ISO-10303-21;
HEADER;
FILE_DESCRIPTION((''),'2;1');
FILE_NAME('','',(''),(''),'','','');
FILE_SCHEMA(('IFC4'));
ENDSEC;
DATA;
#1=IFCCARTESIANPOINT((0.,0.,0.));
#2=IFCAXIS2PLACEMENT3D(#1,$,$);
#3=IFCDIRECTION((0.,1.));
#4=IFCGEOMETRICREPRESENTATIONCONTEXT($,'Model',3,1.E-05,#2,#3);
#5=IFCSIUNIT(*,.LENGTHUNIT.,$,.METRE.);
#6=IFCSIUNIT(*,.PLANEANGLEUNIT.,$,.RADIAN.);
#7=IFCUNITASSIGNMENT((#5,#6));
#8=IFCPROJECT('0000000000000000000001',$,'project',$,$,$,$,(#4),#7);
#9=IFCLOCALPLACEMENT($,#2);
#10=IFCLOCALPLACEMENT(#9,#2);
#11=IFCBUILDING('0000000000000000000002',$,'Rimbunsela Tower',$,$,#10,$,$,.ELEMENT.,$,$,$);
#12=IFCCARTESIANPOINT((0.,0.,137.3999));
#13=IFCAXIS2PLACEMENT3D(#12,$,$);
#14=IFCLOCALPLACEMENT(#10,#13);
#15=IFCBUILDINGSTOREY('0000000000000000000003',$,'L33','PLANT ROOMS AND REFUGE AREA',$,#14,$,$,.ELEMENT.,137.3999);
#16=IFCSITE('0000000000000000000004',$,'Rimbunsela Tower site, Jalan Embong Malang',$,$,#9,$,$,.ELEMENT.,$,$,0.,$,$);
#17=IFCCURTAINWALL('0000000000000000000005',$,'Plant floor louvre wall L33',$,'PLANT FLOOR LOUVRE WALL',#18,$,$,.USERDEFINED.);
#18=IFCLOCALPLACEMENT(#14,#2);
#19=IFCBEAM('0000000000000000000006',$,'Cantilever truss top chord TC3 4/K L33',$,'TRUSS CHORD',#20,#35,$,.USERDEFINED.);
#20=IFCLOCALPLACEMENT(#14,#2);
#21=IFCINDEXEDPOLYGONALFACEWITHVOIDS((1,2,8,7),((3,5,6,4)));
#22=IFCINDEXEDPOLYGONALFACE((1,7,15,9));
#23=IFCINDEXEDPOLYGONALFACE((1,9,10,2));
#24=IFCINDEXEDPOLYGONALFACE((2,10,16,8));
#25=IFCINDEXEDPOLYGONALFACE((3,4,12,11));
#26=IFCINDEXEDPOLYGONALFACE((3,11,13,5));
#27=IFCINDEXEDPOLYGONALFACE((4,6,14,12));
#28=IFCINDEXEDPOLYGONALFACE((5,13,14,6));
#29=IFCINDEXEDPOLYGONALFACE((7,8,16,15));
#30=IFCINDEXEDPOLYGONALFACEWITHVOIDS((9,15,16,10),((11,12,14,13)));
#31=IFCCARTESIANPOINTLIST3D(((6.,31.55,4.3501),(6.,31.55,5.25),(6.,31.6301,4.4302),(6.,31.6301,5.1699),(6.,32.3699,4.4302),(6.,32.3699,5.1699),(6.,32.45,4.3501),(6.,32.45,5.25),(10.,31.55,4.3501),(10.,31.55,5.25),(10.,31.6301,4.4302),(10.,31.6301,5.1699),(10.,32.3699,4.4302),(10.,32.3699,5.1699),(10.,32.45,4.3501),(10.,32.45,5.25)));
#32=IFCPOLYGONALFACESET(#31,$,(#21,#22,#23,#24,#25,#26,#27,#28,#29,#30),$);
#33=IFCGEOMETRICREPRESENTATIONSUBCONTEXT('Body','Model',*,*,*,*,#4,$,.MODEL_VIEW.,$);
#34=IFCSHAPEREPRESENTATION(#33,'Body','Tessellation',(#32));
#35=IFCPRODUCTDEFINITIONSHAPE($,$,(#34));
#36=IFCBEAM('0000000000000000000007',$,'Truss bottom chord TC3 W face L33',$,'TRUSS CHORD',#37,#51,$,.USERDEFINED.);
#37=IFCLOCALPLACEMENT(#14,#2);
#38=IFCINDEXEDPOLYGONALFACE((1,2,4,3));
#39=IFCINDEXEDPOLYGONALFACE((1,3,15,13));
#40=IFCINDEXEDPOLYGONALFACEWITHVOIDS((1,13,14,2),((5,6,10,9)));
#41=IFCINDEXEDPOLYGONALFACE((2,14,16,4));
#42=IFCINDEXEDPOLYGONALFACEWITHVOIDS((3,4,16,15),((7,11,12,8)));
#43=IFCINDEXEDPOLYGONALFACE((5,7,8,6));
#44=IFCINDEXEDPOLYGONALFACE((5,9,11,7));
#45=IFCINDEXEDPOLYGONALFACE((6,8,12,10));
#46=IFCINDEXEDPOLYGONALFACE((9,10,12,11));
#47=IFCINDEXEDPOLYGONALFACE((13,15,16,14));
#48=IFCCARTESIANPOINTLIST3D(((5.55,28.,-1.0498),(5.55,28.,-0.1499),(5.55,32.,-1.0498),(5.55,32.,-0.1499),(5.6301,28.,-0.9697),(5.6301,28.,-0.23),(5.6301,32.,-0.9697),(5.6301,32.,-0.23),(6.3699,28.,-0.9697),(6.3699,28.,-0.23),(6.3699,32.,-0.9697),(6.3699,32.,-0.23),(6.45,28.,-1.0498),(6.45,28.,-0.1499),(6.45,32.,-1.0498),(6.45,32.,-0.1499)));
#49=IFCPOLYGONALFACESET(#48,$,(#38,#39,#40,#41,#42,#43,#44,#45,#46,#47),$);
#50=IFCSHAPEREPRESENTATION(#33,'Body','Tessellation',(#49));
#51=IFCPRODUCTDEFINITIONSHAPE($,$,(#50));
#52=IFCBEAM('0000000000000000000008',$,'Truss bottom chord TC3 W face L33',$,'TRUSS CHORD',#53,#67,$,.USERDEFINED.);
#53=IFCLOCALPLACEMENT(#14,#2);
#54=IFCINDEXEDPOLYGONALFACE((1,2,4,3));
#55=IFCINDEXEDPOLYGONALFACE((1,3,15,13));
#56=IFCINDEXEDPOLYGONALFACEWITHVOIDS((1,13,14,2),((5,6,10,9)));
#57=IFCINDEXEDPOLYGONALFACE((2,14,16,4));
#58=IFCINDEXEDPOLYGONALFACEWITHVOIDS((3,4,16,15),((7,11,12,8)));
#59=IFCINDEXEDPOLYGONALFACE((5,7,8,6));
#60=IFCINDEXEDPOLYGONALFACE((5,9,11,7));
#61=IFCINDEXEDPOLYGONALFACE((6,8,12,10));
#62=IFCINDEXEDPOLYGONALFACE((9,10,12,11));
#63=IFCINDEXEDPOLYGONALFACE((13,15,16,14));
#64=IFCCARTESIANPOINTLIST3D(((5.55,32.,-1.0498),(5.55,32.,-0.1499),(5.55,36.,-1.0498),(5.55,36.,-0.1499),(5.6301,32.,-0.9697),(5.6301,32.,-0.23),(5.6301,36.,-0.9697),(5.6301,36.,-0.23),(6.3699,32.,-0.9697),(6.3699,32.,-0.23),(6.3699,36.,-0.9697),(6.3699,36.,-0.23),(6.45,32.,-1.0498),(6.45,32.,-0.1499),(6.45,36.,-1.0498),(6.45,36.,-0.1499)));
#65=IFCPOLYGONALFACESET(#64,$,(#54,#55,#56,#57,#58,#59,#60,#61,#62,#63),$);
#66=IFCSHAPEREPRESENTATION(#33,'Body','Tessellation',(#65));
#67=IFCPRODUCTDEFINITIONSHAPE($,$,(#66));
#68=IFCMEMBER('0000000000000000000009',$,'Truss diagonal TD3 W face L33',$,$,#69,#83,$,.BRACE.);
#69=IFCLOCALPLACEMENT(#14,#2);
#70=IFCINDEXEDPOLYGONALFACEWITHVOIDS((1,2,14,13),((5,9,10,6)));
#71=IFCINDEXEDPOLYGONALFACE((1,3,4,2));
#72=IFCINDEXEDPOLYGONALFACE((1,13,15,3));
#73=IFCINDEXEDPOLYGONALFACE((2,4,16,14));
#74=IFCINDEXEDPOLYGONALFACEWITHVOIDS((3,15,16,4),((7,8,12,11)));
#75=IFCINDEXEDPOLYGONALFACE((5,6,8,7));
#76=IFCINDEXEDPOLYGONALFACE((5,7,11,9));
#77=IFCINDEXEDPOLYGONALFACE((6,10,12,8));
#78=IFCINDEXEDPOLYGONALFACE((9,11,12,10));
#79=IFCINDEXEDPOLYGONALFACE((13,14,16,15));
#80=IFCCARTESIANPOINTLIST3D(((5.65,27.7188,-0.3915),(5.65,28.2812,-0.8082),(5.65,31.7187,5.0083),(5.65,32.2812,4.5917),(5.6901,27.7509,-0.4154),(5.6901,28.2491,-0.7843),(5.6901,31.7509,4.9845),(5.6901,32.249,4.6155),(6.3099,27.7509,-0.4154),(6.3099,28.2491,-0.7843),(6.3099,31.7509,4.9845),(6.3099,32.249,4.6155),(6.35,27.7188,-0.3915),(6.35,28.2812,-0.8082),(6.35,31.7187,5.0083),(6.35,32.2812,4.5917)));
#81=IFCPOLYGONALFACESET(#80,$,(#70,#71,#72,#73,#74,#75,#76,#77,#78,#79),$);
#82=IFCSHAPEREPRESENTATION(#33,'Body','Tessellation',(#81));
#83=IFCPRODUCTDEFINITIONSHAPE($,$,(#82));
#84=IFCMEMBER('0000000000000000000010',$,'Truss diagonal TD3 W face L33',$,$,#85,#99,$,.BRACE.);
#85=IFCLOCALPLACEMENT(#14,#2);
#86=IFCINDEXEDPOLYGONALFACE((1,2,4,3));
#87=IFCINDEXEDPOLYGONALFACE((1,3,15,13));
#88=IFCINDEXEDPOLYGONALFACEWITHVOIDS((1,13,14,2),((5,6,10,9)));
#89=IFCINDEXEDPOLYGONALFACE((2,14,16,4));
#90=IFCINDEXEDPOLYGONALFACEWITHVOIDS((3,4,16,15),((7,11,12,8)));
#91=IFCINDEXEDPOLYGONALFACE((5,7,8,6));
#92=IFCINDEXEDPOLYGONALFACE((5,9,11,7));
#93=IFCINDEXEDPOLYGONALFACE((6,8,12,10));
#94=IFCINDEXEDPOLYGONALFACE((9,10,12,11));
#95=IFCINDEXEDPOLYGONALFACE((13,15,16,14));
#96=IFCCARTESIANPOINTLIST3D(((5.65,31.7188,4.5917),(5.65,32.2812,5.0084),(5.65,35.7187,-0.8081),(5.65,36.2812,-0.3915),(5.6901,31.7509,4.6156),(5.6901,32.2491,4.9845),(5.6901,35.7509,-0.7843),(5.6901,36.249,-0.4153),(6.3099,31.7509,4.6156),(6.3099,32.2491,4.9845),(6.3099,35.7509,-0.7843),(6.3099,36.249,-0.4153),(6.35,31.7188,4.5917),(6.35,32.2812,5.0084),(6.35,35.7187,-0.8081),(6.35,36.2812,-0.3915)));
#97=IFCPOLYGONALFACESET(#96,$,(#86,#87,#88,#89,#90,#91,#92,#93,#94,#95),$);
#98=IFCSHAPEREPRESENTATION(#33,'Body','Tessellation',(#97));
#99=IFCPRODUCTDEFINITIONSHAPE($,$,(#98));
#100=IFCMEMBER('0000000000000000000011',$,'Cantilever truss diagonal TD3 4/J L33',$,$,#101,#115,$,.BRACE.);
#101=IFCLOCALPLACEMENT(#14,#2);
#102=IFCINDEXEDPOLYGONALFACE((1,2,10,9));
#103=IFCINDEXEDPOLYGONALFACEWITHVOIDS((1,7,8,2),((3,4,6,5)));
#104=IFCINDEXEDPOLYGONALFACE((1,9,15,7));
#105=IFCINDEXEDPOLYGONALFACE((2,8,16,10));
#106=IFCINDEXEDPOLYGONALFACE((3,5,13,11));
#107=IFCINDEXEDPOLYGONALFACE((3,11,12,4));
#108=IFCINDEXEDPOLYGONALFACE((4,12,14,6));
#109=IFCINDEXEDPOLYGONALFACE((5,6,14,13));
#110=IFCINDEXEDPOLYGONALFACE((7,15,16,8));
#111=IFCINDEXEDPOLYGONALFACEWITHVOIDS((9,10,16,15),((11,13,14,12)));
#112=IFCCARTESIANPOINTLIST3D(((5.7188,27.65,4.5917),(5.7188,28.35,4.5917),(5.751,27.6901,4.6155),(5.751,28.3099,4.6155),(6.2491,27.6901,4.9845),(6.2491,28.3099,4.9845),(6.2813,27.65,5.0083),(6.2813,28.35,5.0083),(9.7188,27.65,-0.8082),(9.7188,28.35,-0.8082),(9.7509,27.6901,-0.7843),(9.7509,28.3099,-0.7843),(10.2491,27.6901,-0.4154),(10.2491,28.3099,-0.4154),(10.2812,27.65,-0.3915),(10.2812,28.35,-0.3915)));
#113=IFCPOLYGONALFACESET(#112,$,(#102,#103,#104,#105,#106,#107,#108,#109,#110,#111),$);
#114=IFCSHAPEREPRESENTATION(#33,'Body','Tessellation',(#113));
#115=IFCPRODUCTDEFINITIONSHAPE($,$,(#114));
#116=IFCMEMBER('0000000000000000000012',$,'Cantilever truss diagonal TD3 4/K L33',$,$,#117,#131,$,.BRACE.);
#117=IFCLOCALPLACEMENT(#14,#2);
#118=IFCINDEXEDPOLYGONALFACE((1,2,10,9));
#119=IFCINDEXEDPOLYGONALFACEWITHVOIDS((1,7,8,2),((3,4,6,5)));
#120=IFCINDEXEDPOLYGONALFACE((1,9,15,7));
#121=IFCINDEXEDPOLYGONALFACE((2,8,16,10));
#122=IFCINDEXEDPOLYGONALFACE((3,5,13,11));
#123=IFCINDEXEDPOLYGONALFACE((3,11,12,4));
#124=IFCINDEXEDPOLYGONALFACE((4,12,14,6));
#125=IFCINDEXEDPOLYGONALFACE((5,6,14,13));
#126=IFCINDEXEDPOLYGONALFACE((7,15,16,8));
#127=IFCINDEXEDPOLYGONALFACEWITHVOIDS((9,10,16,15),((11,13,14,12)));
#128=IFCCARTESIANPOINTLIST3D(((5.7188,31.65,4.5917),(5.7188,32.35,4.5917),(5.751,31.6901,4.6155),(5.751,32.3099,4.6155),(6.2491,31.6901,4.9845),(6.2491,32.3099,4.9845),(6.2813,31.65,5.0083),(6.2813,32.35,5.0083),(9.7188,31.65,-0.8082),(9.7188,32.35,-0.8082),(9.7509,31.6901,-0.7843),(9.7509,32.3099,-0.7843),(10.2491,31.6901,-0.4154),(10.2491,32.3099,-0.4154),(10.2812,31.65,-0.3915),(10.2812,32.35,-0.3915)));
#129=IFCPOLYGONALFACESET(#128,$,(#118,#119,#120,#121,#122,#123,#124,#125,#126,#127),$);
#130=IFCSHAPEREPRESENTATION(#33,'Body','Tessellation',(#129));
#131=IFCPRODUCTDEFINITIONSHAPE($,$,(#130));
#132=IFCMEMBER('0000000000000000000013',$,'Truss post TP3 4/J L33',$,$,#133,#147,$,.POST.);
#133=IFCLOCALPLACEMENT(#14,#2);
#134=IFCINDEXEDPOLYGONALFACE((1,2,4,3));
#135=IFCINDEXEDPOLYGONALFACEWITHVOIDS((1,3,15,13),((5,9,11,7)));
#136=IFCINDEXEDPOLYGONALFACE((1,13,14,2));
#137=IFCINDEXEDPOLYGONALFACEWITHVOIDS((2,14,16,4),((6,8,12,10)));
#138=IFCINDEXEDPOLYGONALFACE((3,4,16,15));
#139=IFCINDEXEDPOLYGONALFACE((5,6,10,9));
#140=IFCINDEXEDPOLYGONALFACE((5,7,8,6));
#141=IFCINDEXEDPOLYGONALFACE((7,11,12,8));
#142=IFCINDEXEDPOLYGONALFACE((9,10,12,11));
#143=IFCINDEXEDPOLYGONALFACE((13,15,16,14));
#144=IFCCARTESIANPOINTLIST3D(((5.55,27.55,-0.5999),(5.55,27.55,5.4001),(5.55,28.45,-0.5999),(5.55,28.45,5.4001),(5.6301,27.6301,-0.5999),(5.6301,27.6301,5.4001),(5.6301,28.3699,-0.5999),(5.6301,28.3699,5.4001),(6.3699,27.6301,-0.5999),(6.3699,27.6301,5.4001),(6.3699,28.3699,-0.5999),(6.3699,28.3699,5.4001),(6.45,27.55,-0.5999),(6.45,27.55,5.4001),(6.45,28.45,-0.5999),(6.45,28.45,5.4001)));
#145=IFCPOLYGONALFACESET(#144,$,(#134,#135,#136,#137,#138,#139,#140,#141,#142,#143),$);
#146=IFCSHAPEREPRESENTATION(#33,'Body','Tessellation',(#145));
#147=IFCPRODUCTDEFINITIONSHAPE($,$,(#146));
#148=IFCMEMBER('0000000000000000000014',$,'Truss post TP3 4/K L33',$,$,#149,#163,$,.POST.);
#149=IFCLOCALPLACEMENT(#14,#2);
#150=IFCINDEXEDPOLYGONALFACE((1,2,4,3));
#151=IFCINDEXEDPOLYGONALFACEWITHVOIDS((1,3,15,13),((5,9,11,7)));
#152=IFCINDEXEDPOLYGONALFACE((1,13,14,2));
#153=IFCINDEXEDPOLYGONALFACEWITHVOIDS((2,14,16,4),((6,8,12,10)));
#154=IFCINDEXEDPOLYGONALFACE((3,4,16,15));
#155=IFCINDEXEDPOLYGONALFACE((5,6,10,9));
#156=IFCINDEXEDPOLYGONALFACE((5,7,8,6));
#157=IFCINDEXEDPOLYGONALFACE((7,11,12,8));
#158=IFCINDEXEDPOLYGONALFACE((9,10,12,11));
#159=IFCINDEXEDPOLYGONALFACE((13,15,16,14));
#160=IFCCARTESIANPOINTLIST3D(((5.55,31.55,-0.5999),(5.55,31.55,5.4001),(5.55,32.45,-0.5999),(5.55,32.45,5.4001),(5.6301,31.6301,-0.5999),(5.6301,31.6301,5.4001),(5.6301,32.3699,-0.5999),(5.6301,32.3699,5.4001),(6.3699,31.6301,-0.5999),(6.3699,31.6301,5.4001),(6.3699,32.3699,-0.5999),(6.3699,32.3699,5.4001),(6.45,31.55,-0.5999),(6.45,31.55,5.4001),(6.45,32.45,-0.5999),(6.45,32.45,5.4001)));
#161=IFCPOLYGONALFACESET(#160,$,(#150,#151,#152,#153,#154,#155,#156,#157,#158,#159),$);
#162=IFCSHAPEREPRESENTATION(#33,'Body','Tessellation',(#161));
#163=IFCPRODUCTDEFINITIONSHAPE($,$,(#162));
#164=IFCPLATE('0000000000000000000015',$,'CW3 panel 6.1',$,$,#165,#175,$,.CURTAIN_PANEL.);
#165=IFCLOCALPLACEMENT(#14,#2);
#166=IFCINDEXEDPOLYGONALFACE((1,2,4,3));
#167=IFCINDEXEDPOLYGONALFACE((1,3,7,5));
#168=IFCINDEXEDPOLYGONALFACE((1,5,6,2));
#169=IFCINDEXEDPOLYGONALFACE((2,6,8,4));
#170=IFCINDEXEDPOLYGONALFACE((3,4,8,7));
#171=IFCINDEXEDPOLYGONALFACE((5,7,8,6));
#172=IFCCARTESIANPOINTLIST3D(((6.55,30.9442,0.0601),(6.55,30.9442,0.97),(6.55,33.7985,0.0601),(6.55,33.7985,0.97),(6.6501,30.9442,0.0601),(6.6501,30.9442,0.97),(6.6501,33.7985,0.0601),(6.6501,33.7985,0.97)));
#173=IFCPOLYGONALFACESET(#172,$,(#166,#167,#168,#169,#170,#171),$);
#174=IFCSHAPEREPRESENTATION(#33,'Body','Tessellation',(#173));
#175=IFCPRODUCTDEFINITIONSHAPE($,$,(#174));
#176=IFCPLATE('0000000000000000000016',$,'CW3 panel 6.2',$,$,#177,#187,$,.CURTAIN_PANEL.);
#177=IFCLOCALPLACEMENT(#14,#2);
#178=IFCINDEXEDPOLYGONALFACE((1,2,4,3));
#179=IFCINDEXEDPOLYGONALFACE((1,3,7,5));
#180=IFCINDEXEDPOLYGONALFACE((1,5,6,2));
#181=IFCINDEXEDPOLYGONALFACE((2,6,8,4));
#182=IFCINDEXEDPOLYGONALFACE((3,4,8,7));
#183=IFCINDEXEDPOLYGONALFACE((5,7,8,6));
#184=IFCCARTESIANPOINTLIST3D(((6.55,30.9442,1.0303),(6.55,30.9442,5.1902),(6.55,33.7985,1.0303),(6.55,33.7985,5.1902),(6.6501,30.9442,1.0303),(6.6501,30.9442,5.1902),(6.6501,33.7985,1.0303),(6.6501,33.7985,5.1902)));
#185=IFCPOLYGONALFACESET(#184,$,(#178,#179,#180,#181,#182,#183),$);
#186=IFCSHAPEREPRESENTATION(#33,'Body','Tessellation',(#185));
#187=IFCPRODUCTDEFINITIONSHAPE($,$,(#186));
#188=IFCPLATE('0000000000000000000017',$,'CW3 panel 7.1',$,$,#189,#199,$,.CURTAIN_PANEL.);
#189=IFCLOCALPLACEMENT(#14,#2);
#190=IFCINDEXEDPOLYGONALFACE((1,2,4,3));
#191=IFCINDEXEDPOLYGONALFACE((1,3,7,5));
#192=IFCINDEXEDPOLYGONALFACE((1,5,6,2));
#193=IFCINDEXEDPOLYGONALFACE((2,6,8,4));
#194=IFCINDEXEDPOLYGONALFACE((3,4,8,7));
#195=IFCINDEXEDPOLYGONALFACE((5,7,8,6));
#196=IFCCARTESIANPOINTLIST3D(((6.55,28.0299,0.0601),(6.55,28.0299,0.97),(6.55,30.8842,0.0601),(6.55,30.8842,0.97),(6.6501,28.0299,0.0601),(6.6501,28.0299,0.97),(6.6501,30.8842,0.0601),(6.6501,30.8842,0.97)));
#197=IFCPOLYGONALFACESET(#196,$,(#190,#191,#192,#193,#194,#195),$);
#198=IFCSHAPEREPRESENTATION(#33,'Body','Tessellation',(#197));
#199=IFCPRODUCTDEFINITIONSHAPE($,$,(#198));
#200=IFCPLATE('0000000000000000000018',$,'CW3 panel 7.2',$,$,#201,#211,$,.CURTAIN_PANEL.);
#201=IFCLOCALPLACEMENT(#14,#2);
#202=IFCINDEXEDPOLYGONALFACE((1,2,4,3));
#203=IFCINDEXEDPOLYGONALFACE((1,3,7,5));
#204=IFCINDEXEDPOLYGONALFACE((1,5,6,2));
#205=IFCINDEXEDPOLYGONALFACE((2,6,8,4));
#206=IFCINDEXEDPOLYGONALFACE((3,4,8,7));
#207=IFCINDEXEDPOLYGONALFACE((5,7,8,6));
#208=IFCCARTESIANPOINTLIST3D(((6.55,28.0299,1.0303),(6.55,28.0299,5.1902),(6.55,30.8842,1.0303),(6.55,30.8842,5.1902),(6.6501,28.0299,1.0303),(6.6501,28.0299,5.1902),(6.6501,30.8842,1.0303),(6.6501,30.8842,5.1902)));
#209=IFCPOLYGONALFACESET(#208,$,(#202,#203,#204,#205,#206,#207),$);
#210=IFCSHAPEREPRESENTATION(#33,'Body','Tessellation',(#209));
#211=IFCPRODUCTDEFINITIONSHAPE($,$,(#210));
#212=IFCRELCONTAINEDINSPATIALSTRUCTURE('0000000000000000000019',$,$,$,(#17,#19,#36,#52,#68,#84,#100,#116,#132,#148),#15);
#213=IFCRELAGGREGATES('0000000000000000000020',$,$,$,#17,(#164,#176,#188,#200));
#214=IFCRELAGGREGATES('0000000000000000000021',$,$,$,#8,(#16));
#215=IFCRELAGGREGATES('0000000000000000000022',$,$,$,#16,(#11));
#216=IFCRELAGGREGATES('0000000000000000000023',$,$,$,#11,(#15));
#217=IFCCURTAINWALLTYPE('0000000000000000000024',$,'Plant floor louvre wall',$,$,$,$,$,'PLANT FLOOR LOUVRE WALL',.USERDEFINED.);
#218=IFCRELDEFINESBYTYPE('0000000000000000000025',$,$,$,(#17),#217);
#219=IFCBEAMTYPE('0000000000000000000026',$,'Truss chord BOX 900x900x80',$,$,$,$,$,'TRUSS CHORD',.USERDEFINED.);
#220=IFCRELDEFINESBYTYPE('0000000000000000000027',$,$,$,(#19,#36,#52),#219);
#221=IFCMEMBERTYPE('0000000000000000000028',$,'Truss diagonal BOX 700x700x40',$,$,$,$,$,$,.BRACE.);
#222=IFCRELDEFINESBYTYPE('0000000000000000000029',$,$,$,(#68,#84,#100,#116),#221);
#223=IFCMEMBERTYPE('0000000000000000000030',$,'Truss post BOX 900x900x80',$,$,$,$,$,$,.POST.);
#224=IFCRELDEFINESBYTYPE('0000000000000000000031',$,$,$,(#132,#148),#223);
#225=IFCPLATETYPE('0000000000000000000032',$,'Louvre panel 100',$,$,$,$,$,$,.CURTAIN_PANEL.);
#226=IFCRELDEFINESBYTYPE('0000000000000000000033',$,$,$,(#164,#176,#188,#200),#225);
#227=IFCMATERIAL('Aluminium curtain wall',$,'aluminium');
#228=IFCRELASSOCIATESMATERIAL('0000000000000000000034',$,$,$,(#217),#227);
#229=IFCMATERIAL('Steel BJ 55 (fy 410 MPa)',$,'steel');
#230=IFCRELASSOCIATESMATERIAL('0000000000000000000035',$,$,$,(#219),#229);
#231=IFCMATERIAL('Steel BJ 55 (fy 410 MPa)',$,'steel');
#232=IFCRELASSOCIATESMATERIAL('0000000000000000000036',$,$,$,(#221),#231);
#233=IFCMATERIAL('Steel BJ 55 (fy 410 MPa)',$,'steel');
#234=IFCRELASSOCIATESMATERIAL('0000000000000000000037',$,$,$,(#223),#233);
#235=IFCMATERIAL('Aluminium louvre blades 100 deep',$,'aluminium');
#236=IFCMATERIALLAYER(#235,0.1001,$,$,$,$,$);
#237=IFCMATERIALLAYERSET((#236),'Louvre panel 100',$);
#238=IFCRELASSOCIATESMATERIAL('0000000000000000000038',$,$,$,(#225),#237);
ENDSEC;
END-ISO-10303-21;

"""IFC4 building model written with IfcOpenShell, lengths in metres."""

from ifc_helpers import new_model, si_unit, direction, frame, origin, origin_2d, place, context, subcontext, project, spatial, rectangle, hollow_rectangle, extrude, material, layer, layer_set, material_profile, profile_set, type_object, element, aggregate, save


model = new_model("IFC4")

# Units and contexts
model_context = context("Model", 3, precision=1e-05, world=origin(), true_north=direction((0.0, 1.0)))
body_context = subcontext(model_context, "Body", "Model", "MODEL_VIEW")
ifc_project = project(units=[si_unit("LENGTHUNIT", "METRE"), si_unit("PLANEANGLEUNIT", "RADIAN")], contexts=[model_context])

# Site, building, storey
site_placement = place(None, origin())
site = spatial("IfcSite", under=ifc_project, at=site_placement, Name="Rimbunsela Tower site, Jalan Embong Malang", CompositionType="ELEMENT", RefElevation=0.0)
building_placement = place(site_placement, origin())
building = spatial("IfcBuilding", under=site, at=building_placement, Name="Rimbunsela Tower", CompositionType="ELEMENT")
storey_placement = place(building_placement, frame((0.0, 0.0, 137.3999)))
storey = spatial("IfcBuildingStorey", under=building, at=storey_placement, Name="L33", Description="PLANT ROOMS AND REFUGE AREA", CompositionType="ELEMENT", Elevation=137.3999)

# Curtain wall
ifc_material_1 = material(Name="Aluminium curtain wall", Category="aluminium")
curtain_wall_type = type_object("IfcCurtainWallType", Name="Plant floor louvre wall", ElementType="PLANT FLOOR LOUVRE WALL", PredefinedType="USERDEFINED", material=ifc_material_1)
curtain_wall_placement = place(storey_placement, origin())
curtain_wall = element("IfcCurtainWall", 1, at=curtain_wall_placement, inside=storey, type_object=curtain_wall_type, Name="Plant floor louvre wall L33", ObjectType="PLANT FLOOR LOUVRE WALL", PredefinedType="USERDEFINED")

# Beams
ifc_material_2 = material(Name="Steel BJ 55 (fy 410 MPa)", Category="steel")
ifc_material_profile_1 = material_profile(ifc_material_2, hollow_rectangle(XDim=0.8999, YDim=0.8999, WallThickness=0.0801, at=origin_2d()), Name="BOX 900x900x80")
ifc_profile_set_1 = profile_set([ifc_material_profile_1], Name="Steel BJ 55 (fy 410 MPa)")
beam_type_1 = type_object("IfcBeamType", Name="Truss chord BOX 900x900x80", ElementType="TRUSS CHORD", PredefinedType="USERDEFINED", material=ifc_profile_set_1)
for number, where, z_axis, x_axis, name in (
    (2, (10.0, 32.0, 4.8), (-1.0, 0.0, 0.0), (0.0, -1.0, 0.0), "Cantilever truss top chord TC3 4/K L33"),
    (3, (6.0, 28.0, -0.5999), (0.0, 1.0, 0.0), (-1.0, 0.0, 0.0), "Truss bottom chord TC3 W face L33"),
    (4, (6.0, 32.0, -0.5999), (0.0, 1.0, 0.0), (-1.0, 0.0, 0.0), "Truss bottom chord TC3 W face L33"),
):
    element("IfcBeam", number, at=place(storey_placement, frame(where, z_axis=z_axis, x_axis=x_axis)), inside=storey, type_object=beam_type_1, Name=name, ObjectType="TRUSS CHORD", PredefinedType="USERDEFINED", context=body_context, shape_type="SweptSolid", body=[
        extrude(hollow_rectangle(XDim=0.8999, YDim=0.8999, WallThickness=0.0801, at=origin_2d()), origin(), (0.0, 0.0, 1.0), 4.0),
    ])

# Members
ifc_material_3 = material(Name="Steel BJ 55 (fy 410 MPa)", Category="steel")
ifc_material_profile_2 = material_profile(ifc_material_3, hollow_rectangle(XDim=0.7, YDim=0.7, WallThickness=0.04, at=origin_2d()), Name="BOX 700x700x40")
ifc_profile_set_2 = profile_set([ifc_material_profile_2], Name="Steel BJ 55 (fy 410 MPa)")
member_type_1 = type_object("IfcMemberType", Name="Truss diagonal BOX 700x700x40", PredefinedType="BRACE", material=ifc_profile_set_2)
for number, where, z_axis, x_axis, name in (
    (5, (6.0, 28.0, -0.5999), (0.0, 0.595235, 0.803552), (-1.0, 0.0, 0.0), "Truss diagonal TD3 W face L33"),
    (6, (6.0, 32.0, 4.8), (0.0, 0.595235, -0.803552), (-1.0, 0.0, 0.0), "Truss diagonal TD3 W face L33"),
    (7, (10.0, 28.0, -0.5999), (-0.595235, 0.0, 0.803552), (0.0, -1.0, 0.0), "Cantilever truss diagonal TD3 4/J L33"),
    (8, (10.0, 32.0, -0.5999), (-0.595235, 0.0, 0.803552), (0.0, -1.0, 0.0), "Cantilever truss diagonal TD3 4/K L33"),
):
    element("IfcMember", number, at=place(storey_placement, frame(where, z_axis=z_axis, x_axis=x_axis)), inside=storey, type_object=member_type_1, Name=name, PredefinedType="BRACE", context=body_context, shape_type="SweptSolid", body=[
        extrude(hollow_rectangle(XDim=0.7, YDim=0.7, WallThickness=0.04, at=origin_2d()), origin(), (0.0, 0.0, 1.0), 6.72),
    ])
ifc_material_4 = material(Name="Steel BJ 55 (fy 410 MPa)", Category="steel")
ifc_material_profile_3 = material_profile(ifc_material_4, hollow_rectangle(XDim=0.8999, YDim=0.8999, WallThickness=0.0801, at=origin_2d()), Name="BOX 900x900x80")
ifc_profile_set_3 = profile_set([ifc_material_profile_3], Name="Steel BJ 55 (fy 410 MPa)")
member_type_2 = type_object("IfcMemberType", Name="Truss post BOX 900x900x80", PredefinedType="POST", material=ifc_profile_set_3)
for number, where, z_axis, x_axis, name in (
    (9, (6.0, 28.0, -0.5999), (0.0, 0.0, 1.0), (1.0, 0.0, 0.0), "Truss post TP3 4/J L33"),
    (10, (6.0, 32.0, -0.5999), (0.0, 0.0, 1.0), (1.0, 0.0, 0.0), "Truss post TP3 4/K L33"),
):
    element("IfcMember", number, at=place(storey_placement, frame(where, z_axis=z_axis, x_axis=x_axis)), inside=storey, type_object=member_type_2, Name=name, PredefinedType="POST", context=body_context, shape_type="SweptSolid", body=[
        extrude(hollow_rectangle(XDim=0.8999, YDim=0.8999, WallThickness=0.0801, at=origin_2d()), origin(), (0.0, 0.0, 1.0), 6.0),
    ])

# Plates
ifc_material_5 = material(Name="Aluminium louvre blades 100 deep", Category="aluminium")
ifc_layer_1 = layer(ifc_material_5, 0.1001)
ifc_layer_set_1 = layer_set([ifc_layer_1], Name="Louvre panel 100")
plate_type = type_object("IfcPlateType", Name="Louvre panel 100", PredefinedType="CURTAIN_PANEL", material=ifc_layer_set_1)
plate_1_placement = place(storey_placement, frame((6.6001, 32.3713, 0.0601), z_axis=(0.0, 0.0, 1.0), x_axis=(0.0, -1.0, 0.0)))
plate_1 = element("IfcPlate", 11, at=plate_1_placement, type_object=plate_type, Name="CW3 panel 6.1", PredefinedType="CURTAIN_PANEL", context=body_context, shape_type="SweptSolid", body=[
    extrude(rectangle(XDim=2.8542, YDim=0.1001, at=origin_2d()), origin(), (0.0, 0.0, 1.0), 0.9099),
])
plate_2_placement = place(storey_placement, frame((6.6001, 32.3713, 1.0303), z_axis=(0.0, 0.0, 1.0), x_axis=(0.0, -1.0, 0.0)))
plate_2 = element("IfcPlate", 12, at=plate_2_placement, type_object=plate_type, Name="CW3 panel 6.2", PredefinedType="CURTAIN_PANEL", context=body_context, shape_type="SweptSolid", body=[
    extrude(rectangle(XDim=2.8542, YDim=0.1001, at=origin_2d()), origin(), (0.0, 0.0, 1.0), 4.1599),
])
plate_3_placement = place(storey_placement, frame((6.6001, 29.457, 0.0601), z_axis=(0.0, 0.0, 1.0), x_axis=(0.0, -1.0, 0.0)))
plate_3 = element("IfcPlate", 13, at=plate_3_placement, type_object=plate_type, Name="CW3 panel 7.1", PredefinedType="CURTAIN_PANEL", context=body_context, shape_type="SweptSolid", body=[
    extrude(rectangle(XDim=2.8542, YDim=0.1001, at=origin_2d()), origin(), (0.0, 0.0, 1.0), 0.9099),
])
plate_4_placement = place(storey_placement, frame((6.6001, 29.457, 1.0303), z_axis=(0.0, 0.0, 1.0), x_axis=(0.0, -1.0, 0.0)))
plate_4 = element("IfcPlate", 14, at=plate_4_placement, type_object=plate_type, Name="CW3 panel 7.2", PredefinedType="CURTAIN_PANEL", context=body_context, shape_type="SweptSolid", body=[
    extrude(rectangle(XDim=2.8542, YDim=0.1001, at=origin_2d()), origin(), (0.0, 0.0, 1.0), 4.1599),
])
aggregate(curtain_wall, [plate_1, plate_2, plate_3, plate_4])

save(model, "model.ifc")
